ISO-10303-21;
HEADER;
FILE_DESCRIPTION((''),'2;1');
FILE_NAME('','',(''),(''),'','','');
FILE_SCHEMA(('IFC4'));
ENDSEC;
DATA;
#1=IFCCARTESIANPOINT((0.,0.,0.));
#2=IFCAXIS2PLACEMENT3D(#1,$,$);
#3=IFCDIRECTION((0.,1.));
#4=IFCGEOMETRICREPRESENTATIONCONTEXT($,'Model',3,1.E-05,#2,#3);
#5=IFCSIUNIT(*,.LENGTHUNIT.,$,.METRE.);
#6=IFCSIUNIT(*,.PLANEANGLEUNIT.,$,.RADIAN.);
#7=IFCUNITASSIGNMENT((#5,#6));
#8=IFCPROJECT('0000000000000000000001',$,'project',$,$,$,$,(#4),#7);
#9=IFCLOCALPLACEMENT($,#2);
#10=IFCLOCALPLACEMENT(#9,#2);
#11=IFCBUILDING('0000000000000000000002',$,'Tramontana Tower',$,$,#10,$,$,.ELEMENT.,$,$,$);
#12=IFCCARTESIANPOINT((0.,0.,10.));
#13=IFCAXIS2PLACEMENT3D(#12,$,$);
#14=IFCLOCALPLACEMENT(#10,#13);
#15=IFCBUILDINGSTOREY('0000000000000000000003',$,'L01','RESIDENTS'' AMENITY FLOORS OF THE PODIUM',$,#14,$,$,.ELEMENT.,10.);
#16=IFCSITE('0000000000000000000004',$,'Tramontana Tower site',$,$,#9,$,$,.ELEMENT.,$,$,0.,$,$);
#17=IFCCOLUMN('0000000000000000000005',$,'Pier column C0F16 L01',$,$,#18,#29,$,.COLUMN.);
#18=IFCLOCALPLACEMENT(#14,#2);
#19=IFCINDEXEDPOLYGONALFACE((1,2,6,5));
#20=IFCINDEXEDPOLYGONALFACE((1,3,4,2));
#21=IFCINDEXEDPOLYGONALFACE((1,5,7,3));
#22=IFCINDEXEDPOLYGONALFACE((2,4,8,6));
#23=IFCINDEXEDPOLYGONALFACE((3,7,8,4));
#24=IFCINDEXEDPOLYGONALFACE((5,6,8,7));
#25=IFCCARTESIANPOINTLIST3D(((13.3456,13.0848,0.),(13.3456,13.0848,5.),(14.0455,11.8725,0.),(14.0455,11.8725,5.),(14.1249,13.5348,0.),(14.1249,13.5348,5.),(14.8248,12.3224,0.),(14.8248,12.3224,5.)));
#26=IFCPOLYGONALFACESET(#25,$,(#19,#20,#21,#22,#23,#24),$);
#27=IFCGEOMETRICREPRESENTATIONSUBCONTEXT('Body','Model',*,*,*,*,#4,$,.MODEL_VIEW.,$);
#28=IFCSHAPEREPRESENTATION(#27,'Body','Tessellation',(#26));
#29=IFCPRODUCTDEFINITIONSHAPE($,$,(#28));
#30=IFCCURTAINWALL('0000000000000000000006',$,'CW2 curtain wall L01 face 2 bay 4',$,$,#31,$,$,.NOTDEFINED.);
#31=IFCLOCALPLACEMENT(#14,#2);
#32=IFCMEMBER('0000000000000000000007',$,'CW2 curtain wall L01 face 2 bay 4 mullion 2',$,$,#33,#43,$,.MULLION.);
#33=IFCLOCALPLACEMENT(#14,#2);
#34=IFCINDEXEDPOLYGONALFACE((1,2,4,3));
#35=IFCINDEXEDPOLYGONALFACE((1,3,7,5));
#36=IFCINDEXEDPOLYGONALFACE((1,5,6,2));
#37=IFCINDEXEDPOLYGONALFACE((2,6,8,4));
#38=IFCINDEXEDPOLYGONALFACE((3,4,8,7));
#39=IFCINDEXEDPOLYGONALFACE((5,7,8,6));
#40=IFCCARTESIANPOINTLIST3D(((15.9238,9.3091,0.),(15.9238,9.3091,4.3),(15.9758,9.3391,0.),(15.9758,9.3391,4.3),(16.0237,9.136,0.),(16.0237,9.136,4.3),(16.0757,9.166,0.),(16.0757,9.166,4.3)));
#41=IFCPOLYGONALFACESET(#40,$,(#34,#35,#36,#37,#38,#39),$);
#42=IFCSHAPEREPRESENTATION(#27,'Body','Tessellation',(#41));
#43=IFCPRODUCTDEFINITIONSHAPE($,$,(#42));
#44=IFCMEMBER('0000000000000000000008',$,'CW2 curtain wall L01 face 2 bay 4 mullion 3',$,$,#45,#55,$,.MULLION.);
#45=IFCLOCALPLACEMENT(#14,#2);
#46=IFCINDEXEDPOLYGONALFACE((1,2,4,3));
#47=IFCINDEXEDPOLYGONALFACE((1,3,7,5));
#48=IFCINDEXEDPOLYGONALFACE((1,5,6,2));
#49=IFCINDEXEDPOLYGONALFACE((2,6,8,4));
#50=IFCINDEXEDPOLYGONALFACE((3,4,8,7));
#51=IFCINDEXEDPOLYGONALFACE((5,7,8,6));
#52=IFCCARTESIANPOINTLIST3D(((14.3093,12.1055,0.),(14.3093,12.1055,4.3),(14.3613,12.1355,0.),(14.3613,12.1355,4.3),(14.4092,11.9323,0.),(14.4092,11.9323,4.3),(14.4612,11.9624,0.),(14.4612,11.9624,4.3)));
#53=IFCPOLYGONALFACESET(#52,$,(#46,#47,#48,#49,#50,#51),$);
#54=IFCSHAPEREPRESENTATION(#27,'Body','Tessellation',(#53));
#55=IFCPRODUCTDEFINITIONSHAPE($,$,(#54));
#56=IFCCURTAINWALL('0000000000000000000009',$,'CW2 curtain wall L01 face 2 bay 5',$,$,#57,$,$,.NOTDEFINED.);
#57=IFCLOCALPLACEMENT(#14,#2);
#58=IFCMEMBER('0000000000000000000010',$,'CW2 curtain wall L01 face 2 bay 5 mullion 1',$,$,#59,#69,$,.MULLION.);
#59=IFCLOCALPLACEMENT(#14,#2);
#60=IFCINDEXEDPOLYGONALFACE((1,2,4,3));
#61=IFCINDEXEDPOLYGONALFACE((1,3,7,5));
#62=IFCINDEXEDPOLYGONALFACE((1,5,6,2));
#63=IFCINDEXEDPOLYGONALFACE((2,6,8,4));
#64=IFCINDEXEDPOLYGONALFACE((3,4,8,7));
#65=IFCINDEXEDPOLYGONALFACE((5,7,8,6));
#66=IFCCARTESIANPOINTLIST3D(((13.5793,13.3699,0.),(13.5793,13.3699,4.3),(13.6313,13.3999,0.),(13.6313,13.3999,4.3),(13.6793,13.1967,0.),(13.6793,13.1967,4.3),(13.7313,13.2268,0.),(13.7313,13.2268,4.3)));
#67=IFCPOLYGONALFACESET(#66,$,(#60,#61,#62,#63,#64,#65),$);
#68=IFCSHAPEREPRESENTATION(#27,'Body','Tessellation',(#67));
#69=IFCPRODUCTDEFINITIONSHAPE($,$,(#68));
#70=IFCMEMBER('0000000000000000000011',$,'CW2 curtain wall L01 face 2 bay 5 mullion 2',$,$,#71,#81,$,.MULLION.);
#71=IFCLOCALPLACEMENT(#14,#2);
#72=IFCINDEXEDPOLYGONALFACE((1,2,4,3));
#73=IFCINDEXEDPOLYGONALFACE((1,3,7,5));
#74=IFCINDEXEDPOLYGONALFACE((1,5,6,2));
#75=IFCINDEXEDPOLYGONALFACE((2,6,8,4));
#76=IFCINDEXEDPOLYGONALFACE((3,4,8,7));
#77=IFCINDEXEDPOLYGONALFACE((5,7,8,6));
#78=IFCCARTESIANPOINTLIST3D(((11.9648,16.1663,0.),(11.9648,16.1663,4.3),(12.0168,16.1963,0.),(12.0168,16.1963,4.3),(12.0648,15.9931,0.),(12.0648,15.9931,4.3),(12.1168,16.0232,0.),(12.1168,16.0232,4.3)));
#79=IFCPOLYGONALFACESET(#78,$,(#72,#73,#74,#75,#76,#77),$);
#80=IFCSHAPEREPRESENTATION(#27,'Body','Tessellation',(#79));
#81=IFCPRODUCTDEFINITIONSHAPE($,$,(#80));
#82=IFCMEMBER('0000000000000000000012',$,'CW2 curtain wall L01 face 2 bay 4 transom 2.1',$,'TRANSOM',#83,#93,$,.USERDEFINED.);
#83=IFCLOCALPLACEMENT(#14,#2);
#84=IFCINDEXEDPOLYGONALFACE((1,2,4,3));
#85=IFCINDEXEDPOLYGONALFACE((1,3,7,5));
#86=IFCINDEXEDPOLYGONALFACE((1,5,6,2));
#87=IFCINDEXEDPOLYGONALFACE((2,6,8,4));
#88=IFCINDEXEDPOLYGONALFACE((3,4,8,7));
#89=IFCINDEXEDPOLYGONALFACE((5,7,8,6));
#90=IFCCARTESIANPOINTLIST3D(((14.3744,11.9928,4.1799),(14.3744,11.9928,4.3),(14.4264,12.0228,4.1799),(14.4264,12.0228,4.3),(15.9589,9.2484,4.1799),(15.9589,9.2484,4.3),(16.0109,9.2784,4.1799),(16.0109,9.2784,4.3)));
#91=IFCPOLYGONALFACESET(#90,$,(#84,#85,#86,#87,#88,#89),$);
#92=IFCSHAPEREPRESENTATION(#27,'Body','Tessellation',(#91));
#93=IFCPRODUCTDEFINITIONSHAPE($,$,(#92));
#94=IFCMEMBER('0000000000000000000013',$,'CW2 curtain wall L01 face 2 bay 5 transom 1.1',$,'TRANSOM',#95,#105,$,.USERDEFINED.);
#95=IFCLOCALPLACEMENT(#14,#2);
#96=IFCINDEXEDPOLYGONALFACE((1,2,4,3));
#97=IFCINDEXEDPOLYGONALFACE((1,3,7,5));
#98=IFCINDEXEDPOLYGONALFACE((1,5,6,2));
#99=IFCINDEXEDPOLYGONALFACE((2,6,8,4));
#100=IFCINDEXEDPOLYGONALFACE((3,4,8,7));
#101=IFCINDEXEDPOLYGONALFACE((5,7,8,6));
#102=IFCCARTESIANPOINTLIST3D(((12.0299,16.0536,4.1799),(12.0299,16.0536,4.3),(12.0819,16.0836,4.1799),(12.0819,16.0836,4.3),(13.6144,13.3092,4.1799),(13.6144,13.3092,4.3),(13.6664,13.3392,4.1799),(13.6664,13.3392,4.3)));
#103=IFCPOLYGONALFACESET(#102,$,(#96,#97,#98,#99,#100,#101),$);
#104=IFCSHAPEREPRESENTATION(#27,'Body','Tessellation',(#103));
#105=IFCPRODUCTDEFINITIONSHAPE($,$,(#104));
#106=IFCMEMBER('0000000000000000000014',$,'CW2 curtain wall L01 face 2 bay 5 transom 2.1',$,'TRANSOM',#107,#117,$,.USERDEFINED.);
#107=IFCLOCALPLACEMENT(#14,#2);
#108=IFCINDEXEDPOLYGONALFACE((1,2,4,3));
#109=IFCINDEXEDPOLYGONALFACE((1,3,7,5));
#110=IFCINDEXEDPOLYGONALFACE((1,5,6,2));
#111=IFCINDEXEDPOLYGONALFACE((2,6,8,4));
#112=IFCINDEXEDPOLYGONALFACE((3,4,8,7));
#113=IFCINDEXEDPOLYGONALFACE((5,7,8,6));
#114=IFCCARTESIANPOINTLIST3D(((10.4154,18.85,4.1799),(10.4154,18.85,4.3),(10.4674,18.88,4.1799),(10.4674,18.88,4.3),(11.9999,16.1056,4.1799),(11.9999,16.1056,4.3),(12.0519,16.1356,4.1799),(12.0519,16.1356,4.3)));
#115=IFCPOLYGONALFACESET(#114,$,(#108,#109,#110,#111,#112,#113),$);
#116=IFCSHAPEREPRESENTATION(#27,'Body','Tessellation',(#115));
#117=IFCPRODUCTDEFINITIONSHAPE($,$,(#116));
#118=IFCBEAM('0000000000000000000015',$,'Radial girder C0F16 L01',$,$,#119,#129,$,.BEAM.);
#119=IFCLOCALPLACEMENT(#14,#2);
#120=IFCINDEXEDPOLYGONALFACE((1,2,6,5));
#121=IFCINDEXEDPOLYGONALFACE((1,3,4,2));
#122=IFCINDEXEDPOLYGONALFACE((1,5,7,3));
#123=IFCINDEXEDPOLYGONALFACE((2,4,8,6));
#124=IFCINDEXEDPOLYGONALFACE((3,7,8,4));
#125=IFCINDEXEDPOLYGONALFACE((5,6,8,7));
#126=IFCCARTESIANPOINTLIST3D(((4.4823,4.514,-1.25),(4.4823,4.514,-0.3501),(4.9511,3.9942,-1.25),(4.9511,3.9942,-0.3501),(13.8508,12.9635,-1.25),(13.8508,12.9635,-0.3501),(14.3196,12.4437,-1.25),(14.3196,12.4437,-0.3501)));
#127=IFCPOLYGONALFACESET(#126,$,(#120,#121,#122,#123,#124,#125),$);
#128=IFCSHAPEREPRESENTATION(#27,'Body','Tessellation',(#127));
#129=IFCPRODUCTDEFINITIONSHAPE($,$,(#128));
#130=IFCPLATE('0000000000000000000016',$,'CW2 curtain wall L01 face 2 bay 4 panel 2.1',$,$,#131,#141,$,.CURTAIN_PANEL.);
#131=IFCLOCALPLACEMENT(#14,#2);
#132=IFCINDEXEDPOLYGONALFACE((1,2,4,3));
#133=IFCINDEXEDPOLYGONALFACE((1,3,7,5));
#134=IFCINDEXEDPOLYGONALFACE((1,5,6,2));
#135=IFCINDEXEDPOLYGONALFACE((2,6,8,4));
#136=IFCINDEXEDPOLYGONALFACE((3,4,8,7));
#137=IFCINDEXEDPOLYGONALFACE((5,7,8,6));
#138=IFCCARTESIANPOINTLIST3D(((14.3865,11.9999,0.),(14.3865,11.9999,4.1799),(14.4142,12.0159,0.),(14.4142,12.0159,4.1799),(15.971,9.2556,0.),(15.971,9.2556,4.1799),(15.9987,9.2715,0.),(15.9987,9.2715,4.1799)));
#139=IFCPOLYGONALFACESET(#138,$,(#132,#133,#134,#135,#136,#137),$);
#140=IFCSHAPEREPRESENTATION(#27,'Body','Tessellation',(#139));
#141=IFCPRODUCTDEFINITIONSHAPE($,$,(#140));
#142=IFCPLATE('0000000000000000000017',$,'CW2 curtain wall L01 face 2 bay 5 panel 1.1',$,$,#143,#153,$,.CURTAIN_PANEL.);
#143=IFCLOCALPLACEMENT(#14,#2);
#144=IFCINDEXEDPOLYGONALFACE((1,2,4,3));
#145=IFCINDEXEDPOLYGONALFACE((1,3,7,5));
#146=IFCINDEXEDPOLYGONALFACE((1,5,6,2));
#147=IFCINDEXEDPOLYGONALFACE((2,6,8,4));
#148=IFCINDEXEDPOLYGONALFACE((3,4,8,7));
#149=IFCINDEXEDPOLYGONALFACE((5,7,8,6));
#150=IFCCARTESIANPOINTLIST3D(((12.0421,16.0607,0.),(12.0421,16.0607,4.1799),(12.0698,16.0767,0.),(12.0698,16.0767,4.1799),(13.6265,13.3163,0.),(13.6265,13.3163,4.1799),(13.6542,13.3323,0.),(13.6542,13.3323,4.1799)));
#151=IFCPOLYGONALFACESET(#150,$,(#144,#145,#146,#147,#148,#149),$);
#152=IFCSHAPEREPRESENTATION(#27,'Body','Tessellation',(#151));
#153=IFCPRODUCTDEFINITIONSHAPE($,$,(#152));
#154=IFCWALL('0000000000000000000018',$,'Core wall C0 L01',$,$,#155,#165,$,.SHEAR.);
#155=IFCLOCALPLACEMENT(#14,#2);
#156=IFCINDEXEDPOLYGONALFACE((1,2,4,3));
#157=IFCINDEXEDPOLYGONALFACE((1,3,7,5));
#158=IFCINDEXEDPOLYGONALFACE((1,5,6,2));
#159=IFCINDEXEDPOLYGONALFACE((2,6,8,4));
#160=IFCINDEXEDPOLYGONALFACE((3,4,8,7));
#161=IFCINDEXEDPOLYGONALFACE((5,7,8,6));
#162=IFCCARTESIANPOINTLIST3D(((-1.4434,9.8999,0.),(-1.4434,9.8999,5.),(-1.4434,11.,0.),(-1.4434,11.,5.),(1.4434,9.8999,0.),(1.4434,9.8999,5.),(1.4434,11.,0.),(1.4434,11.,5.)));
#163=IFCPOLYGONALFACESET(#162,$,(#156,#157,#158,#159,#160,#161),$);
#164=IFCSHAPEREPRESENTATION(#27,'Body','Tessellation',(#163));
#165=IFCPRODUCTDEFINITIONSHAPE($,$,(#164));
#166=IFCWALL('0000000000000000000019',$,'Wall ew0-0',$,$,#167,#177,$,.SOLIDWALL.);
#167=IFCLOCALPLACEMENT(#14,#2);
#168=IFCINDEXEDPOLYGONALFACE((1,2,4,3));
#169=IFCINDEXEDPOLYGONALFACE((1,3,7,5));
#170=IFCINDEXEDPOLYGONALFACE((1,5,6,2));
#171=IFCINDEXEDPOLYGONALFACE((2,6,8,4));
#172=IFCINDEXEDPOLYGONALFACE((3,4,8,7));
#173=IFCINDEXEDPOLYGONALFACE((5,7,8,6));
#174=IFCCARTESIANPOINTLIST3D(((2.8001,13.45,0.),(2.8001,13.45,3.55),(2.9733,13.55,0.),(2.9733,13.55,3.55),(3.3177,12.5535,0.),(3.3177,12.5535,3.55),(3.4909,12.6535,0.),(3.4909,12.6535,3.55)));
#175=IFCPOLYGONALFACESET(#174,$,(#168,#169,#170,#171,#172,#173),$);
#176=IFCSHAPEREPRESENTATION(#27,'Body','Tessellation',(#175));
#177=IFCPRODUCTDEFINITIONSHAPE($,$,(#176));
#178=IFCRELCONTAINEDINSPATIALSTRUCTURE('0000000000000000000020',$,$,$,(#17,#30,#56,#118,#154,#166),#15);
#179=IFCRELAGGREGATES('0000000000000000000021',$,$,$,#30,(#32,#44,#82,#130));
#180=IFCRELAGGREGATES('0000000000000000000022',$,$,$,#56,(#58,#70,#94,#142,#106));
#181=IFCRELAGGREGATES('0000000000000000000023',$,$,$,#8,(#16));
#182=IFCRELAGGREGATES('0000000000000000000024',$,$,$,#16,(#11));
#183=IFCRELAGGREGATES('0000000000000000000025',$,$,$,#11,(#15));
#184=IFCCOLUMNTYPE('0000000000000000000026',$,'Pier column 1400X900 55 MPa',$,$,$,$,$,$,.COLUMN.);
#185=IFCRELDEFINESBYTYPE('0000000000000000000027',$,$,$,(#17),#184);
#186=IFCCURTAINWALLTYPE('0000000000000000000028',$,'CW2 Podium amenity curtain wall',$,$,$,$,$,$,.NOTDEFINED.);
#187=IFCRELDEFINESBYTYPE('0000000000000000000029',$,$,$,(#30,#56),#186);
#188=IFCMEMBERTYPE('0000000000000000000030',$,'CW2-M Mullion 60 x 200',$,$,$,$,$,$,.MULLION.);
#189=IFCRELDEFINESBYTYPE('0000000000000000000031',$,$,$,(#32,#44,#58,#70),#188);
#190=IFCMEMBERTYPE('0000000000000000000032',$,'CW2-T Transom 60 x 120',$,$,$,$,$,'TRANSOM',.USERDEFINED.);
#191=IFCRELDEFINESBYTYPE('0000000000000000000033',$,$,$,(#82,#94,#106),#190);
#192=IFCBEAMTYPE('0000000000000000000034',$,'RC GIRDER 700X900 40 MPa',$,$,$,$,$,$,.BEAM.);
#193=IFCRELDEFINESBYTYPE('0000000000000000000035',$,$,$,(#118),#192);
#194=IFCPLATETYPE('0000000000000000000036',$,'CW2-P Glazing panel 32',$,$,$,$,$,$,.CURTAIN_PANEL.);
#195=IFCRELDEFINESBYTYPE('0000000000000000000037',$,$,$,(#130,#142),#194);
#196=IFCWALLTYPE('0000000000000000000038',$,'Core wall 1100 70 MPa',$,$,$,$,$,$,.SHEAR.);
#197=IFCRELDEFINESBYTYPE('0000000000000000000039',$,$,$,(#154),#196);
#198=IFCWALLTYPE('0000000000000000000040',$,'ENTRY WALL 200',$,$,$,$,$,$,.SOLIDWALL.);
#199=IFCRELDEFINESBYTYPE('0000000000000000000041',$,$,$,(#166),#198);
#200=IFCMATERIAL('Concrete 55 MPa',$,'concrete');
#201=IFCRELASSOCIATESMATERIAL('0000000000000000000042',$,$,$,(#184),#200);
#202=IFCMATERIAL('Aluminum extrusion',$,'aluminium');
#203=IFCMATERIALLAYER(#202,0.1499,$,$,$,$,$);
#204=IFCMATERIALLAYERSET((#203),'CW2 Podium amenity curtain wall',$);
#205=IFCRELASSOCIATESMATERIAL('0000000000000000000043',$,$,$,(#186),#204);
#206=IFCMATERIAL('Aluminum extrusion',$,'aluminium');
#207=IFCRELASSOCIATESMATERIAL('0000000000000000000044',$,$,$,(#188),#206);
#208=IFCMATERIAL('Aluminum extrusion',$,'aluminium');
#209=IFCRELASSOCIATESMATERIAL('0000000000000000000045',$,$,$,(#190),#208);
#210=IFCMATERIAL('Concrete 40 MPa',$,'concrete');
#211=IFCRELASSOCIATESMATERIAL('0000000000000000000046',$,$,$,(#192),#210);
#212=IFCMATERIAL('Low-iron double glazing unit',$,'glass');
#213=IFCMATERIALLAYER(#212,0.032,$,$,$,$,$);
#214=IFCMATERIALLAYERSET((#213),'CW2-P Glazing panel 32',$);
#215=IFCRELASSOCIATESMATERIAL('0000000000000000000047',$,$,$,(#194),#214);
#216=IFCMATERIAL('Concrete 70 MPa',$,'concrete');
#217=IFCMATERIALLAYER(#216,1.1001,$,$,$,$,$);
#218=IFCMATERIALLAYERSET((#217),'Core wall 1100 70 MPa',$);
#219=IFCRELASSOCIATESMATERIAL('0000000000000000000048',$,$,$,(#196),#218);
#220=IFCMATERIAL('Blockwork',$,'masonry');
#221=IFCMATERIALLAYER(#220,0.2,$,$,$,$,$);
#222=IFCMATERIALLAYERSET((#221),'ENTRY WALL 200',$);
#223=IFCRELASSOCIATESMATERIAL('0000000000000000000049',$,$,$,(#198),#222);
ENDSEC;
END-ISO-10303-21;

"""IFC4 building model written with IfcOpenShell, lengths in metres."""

from ifc_helpers import new_model, si_unit, direction, frame, frame_2d, origin, origin_2d, place, context, subcontext, project, spatial, rectangle, extrude, material, layer, layer_set, material_profile, profile_set, type_object, element, aggregate, save


model = new_model("IFC4")

# Units and contexts
model_context = context("Model", 3, precision=1e-05, world=origin(), true_north=direction((0.0, 1.0)))
body_context = subcontext(model_context, "Body", "Model", "MODEL_VIEW")
ifc_project = project(units=[si_unit("LENGTHUNIT", "METRE"), si_unit("PLANEANGLEUNIT", "RADIAN")], contexts=[model_context])

# Site, building, storey
site_placement = place(None, origin())
site = spatial("IfcSite", under=ifc_project, at=site_placement, Name="Tramontana Tower site", CompositionType="ELEMENT", RefElevation=0.0)
building_placement = place(site_placement, origin())
building = spatial("IfcBuilding", under=site, at=building_placement, Name="Tramontana Tower", CompositionType="ELEMENT")
storey_placement = place(building_placement, frame((0.0, 0.0, 10.0)))
storey = spatial("IfcBuildingStorey", under=building, at=storey_placement, Name="L01", Description="RESIDENTS' AMENITY FLOORS OF THE PODIUM", CompositionType="ELEMENT", Elevation=10.0)

# Column
ifc_material_1 = material(Name="Concrete 55 MPa", Category="concrete")
ifc_material_profile_1 = material_profile(ifc_material_1, rectangle(XDim=1.3999, YDim=0.8999, at=origin_2d()), Name="Pier column 1400X900 55 MPa")
ifc_profile_set_1 = profile_set([ifc_material_profile_1], Name="Concrete 55 MPa")
column_type = type_object("IfcColumnType", Name="Pier column 1400X900 55 MPa", PredefinedType="COLUMN", material=ifc_profile_set_1)
column_placement = place(storey_placement, frame((14.0852, 12.7036, 0.0), z_axis=(0.0, 0.0, 1.0), x_axis=(-0.5, 0.866025, 0.0)))
element("IfcColumn", 1, at=column_placement, inside=storey, type_object=column_type, Name="Pier column C0F16 L01", PredefinedType="COLUMN", context=body_context, shape_type="SweptSolid", body=[
    extrude(rectangle(XDim=1.3999, YDim=0.8999, at=origin_2d()), origin(), (0.0, 0.0, 1.0), 5.0),
])

# Curtain walls, members
ifc_material_2 = material(Name="Aluminum extrusion", Category="aluminium")
ifc_layer_1 = layer(ifc_material_2, 0.1499)
ifc_layer_set_1 = layer_set([ifc_layer_1], Name="CW2 Podium amenity curtain wall")
curtain_wall_type = type_object("IfcCurtainWallType", Name="CW2 Podium amenity curtain wall", PredefinedType="NOTDEFINED", material=ifc_layer_set_1)
curtain_wall_1_placement = place(storey_placement, origin())
curtain_wall_1 = element("IfcCurtainWall", 2, at=curtain_wall_1_placement, inside=storey, type_object=curtain_wall_type, Name="CW2 curtain wall L01 face 2 bay 4", PredefinedType="NOTDEFINED")
ifc_material_3 = material(Name="Aluminum extrusion", Category="aluminium")
ifc_material_profile_2 = material_profile(ifc_material_3, rectangle(XDim=0.0601, YDim=0.2, at=origin_2d()), Name="CW2-M Mullion 60 x 200")
ifc_profile_set_2 = profile_set([ifc_material_profile_2], Name="Aluminum extrusion")
member_type_1 = type_object("IfcMemberType", Name="CW2-M Mullion 60 x 200", PredefinedType="MULLION", material=ifc_profile_set_2)
member_1_placement = place(storey_placement, frame((15.9998, 9.2375, 0.0), z_axis=(0.0, 0.0, 1.0), x_axis=(-0.866025, -0.5, 0.0)))
member_1 = element("IfcMember", 3, at=member_1_placement, type_object=member_type_1, Name="CW2 curtain wall L01 face 2 bay 4 mullion 2", PredefinedType="MULLION", context=body_context, shape_type="SweptSolid", body=[
    extrude(rectangle(XDim=0.0601, YDim=0.2, at=origin_2d()), origin(), (0.0, 0.0, 1.0), 4.3),
])
member_2_placement = place(storey_placement, frame((14.3853, 12.0339, 0.0), z_axis=(0.0, 0.0, 1.0), x_axis=(-0.866025, -0.5, 0.0)))
member_2 = element("IfcMember", 4, at=member_2_placement, type_object=member_type_1, Name="CW2 curtain wall L01 face 2 bay 4 mullion 3", PredefinedType="MULLION", context=body_context, shape_type="SweptSolid", body=[
    extrude(rectangle(XDim=0.0601, YDim=0.2, at=origin_2d()), origin(), (0.0, 0.0, 1.0), 4.3),
])
curtain_wall_2_placement = place(storey_placement, origin())
curtain_wall_2 = element("IfcCurtainWall", 5, at=curtain_wall_2_placement, inside=storey, type_object=curtain_wall_type, Name="CW2 curtain wall L01 face 2 bay 5", PredefinedType="NOTDEFINED")
member_3_placement = place(storey_placement, frame((13.6553, 13.2983, 0.0), z_axis=(0.0, 0.0, 1.0), x_axis=(-0.866025, -0.5, 0.0)))
member_3 = element("IfcMember", 6, at=member_3_placement, type_object=member_type_1, Name="CW2 curtain wall L01 face 2 bay 5 mullion 1", PredefinedType="MULLION", context=body_context, shape_type="SweptSolid", body=[
    extrude(rectangle(XDim=0.0601, YDim=0.2, at=origin_2d()), origin(), (0.0, 0.0, 1.0), 4.3),
])
member_4_placement = place(storey_placement, frame((12.0408, 16.0947, 0.0), z_axis=(0.0, 0.0, 1.0), x_axis=(-0.866025, -0.5, 0.0)))
member_4 = element("IfcMember", 7, at=member_4_placement, type_object=member_type_1, Name="CW2 curtain wall L01 face 2 bay 5 mullion 2", PredefinedType="MULLION", context=body_context, shape_type="SweptSolid", body=[
    extrude(rectangle(XDim=0.0601, YDim=0.2, at=origin_2d()), origin(), (0.0, 0.0, 1.0), 4.3),
])

# Members
ifc_material_4 = material(Name="Aluminum extrusion", Category="aluminium")
ifc_material_profile_3 = material_profile(ifc_material_4, rectangle(XDim=0.0601, YDim=0.1201, at=origin_2d()), Name="CW2-T Transom 60 x 120")
ifc_profile_set_3 = profile_set([ifc_material_profile_3], Name="Aluminum extrusion")
member_type_2 = type_object("IfcMemberType", Name="CW2-T Transom 60 x 120", ElementType="TRANSOM", PredefinedType="USERDEFINED", material=ifc_profile_set_3)
member_5_placement = place(storey_placement, frame((15.9849, 9.2634, 4.24), z_axis=(-0.5, 0.866025, 0.0), x_axis=(-0.866025, -0.5, 0.0)))
member_5 = element("IfcMember", 8, at=member_5_placement, type_object=member_type_2, Name="CW2 curtain wall L01 face 2 bay 4 transom 2.1", ObjectType="TRANSOM", PredefinedType="USERDEFINED", context=body_context, shape_type="SweptSolid", body=[
    extrude(rectangle(XDim=0.0601, YDim=0.1201, at=origin_2d()), origin(), (0.0, 0.0, 1.0), 3.1689),
])
member_6_placement = place(storey_placement, frame((13.6404, 13.3242, 4.24), z_axis=(-0.5, 0.866025, 0.0), x_axis=(-0.866025, -0.5, 0.0)))
member_6 = element("IfcMember", 9, at=member_6_placement, type_object=member_type_2, Name="CW2 curtain wall L01 face 2 bay 5 transom 1.1", ObjectType="TRANSOM", PredefinedType="USERDEFINED", context=body_context, shape_type="SweptSolid", body=[
    extrude(rectangle(XDim=0.0601, YDim=0.1201, at=origin_2d()), origin(), (0.0, 0.0, 1.0), 3.1689),
])
member_7_placement = place(storey_placement, frame((12.0259, 16.1206, 4.24), z_axis=(-0.5, 0.866025, 0.0), x_axis=(-0.866025, -0.5, 0.0)))
member_7 = element("IfcMember", 10, at=member_7_placement, type_object=member_type_2, Name="CW2 curtain wall L01 face 2 bay 5 transom 2.1", ObjectType="TRANSOM", PredefinedType="USERDEFINED", context=body_context, shape_type="SweptSolid", body=[
    extrude(rectangle(XDim=0.0601, YDim=0.1201, at=origin_2d()), origin(), (0.0, 0.0, 1.0), 3.1689),
])

# Beam
ifc_material_5 = material(Name="Concrete 40 MPa", Category="concrete")
ifc_material_profile_4 = material_profile(ifc_material_5, rectangle(XDim=0.7, YDim=0.8999, at=origin_2d()), Name="RC GIRDER 700X900 40 MPa")
ifc_profile_set_4 = profile_set([ifc_material_profile_4], Name="Concrete 40 MPa")
beam_type = type_object("IfcBeamType", Name="RC GIRDER 700X900 40 MPa", PredefinedType="BEAM", material=ifc_profile_set_4)
beam_placement = place(storey_placement, frame((14.0852, 12.7036, -0.8), z_axis=(-0.742588, -0.669748, 0.0), x_axis=(0.669748, -0.742588, 0.0)))
element("IfcBeam", 11, at=beam_placement, inside=storey, type_object=beam_type, Name="Radial girder C0F16 L01", PredefinedType="BEAM", context=body_context, shape_type="SweptSolid", body=[
    extrude(rectangle(XDim=0.7, YDim=0.8999, at=origin_2d()), origin(), (0.0, 0.0, 1.0), 12.616),
])

# Plates
ifc_material_6 = material(Name="Low-iron double glazing unit", Category="glass")
ifc_layer_2 = layer(ifc_material_6, 0.032)
ifc_layer_set_2 = layer_set([ifc_layer_2], Name="CW2-P Glazing panel 32")
plate_type = type_object("IfcPlateType", Name="CW2-P Glazing panel 32", PredefinedType="CURTAIN_PANEL", material=ifc_layer_set_2)
plate_1_placement = place(storey_placement, frame((15.1926, 10.6357, 0.0), z_axis=(0.0, 0.0, 1.0), x_axis=(-0.5, 0.866025, 0.0)))
plate_1 = element("IfcPlate", 12, at=plate_1_placement, type_object=plate_type, Name="CW2 curtain wall L01 face 2 bay 4 panel 2.1", PredefinedType="CURTAIN_PANEL", context=body_context, shape_type="SweptSolid", body=[
    extrude(rectangle(XDim=3.1689, YDim=0.032, at=origin_2d()), origin(), (0.0, 0.0, 1.0), 4.1799),
])
aggregate(curtain_wall_1, [member_1, member_2, member_5, plate_1])
plate_2_placement = place(storey_placement, frame((12.8481, 14.6965, 0.0), z_axis=(0.0, 0.0, 1.0), x_axis=(-0.5, 0.866025, 0.0)))
plate_2 = element("IfcPlate", 13, at=plate_2_placement, type_object=plate_type, Name="CW2 curtain wall L01 face 2 bay 5 panel 1.1", PredefinedType="CURTAIN_PANEL", context=body_context, shape_type="SweptSolid", body=[
    extrude(rectangle(XDim=3.1689, YDim=0.032, at=origin_2d()), origin(), (0.0, 0.0, 1.0), 4.1799),
])
aggregate(curtain_wall_2, [member_3, member_4, member_6, plate_2, member_7])

# Walls
ifc_material_7 = material(Name="Concrete 70 MPa", Category="concrete")
ifc_layer_3 = layer(ifc_material_7, 1.1001)
ifc_layer_set_3 = layer_set([ifc_layer_3], Name="Core wall 1100 70 MPa")
wall_type_1 = type_object("IfcWallType", Name="Core wall 1100 70 MPa", PredefinedType="SHEAR", material=ifc_layer_set_3)
wall_1_placement = place(storey_placement, frame((1.4434, 10.45, 0.0), z_axis=(0.0, 0.0, 1.0), x_axis=(-1.0, 0.0, 0.0)))
element("IfcWall", 14, at=wall_1_placement, inside=storey, type_object=wall_type_1, Name="Core wall C0 L01", PredefinedType="SHEAR", context=body_context, shape_type="SweptSolid", body=[
    extrude(rectangle(XDim=2.8867, YDim=1.1001, at=frame_2d((1.4434, 0.0))), origin(), (0.0, 0.0, 1.0), 5.0),
])
ifc_material_8 = material(Name="Blockwork", Category="masonry")
ifc_layer_4 = layer(ifc_material_8, 0.2)
ifc_layer_set_4 = layer_set([ifc_layer_4], Name="ENTRY WALL 200")
wall_type_2 = type_object("IfcWallType", Name="ENTRY WALL 200", PredefinedType="SOLIDWALL", material=ifc_layer_set_4)
wall_2_placement = place(storey_placement, frame((2.8867, 13.5, 0.0), z_axis=(0.0, 0.0, 1.0), x_axis=(0.499995, -0.866028, 0.0)))
element("IfcWall", 15, at=wall_2_placement, inside=storey, type_object=wall_type_2, Name="Wall ew0-0", PredefinedType="SOLIDWALL", context=body_context, shape_type="SweptSolid", body=[
    extrude(rectangle(XDim=1.0352, YDim=0.2, at=frame_2d((0.5176, 0.0))), origin(), (0.0, 0.0, 1.0), 3.55),
])

save(model, "model.ifc")
